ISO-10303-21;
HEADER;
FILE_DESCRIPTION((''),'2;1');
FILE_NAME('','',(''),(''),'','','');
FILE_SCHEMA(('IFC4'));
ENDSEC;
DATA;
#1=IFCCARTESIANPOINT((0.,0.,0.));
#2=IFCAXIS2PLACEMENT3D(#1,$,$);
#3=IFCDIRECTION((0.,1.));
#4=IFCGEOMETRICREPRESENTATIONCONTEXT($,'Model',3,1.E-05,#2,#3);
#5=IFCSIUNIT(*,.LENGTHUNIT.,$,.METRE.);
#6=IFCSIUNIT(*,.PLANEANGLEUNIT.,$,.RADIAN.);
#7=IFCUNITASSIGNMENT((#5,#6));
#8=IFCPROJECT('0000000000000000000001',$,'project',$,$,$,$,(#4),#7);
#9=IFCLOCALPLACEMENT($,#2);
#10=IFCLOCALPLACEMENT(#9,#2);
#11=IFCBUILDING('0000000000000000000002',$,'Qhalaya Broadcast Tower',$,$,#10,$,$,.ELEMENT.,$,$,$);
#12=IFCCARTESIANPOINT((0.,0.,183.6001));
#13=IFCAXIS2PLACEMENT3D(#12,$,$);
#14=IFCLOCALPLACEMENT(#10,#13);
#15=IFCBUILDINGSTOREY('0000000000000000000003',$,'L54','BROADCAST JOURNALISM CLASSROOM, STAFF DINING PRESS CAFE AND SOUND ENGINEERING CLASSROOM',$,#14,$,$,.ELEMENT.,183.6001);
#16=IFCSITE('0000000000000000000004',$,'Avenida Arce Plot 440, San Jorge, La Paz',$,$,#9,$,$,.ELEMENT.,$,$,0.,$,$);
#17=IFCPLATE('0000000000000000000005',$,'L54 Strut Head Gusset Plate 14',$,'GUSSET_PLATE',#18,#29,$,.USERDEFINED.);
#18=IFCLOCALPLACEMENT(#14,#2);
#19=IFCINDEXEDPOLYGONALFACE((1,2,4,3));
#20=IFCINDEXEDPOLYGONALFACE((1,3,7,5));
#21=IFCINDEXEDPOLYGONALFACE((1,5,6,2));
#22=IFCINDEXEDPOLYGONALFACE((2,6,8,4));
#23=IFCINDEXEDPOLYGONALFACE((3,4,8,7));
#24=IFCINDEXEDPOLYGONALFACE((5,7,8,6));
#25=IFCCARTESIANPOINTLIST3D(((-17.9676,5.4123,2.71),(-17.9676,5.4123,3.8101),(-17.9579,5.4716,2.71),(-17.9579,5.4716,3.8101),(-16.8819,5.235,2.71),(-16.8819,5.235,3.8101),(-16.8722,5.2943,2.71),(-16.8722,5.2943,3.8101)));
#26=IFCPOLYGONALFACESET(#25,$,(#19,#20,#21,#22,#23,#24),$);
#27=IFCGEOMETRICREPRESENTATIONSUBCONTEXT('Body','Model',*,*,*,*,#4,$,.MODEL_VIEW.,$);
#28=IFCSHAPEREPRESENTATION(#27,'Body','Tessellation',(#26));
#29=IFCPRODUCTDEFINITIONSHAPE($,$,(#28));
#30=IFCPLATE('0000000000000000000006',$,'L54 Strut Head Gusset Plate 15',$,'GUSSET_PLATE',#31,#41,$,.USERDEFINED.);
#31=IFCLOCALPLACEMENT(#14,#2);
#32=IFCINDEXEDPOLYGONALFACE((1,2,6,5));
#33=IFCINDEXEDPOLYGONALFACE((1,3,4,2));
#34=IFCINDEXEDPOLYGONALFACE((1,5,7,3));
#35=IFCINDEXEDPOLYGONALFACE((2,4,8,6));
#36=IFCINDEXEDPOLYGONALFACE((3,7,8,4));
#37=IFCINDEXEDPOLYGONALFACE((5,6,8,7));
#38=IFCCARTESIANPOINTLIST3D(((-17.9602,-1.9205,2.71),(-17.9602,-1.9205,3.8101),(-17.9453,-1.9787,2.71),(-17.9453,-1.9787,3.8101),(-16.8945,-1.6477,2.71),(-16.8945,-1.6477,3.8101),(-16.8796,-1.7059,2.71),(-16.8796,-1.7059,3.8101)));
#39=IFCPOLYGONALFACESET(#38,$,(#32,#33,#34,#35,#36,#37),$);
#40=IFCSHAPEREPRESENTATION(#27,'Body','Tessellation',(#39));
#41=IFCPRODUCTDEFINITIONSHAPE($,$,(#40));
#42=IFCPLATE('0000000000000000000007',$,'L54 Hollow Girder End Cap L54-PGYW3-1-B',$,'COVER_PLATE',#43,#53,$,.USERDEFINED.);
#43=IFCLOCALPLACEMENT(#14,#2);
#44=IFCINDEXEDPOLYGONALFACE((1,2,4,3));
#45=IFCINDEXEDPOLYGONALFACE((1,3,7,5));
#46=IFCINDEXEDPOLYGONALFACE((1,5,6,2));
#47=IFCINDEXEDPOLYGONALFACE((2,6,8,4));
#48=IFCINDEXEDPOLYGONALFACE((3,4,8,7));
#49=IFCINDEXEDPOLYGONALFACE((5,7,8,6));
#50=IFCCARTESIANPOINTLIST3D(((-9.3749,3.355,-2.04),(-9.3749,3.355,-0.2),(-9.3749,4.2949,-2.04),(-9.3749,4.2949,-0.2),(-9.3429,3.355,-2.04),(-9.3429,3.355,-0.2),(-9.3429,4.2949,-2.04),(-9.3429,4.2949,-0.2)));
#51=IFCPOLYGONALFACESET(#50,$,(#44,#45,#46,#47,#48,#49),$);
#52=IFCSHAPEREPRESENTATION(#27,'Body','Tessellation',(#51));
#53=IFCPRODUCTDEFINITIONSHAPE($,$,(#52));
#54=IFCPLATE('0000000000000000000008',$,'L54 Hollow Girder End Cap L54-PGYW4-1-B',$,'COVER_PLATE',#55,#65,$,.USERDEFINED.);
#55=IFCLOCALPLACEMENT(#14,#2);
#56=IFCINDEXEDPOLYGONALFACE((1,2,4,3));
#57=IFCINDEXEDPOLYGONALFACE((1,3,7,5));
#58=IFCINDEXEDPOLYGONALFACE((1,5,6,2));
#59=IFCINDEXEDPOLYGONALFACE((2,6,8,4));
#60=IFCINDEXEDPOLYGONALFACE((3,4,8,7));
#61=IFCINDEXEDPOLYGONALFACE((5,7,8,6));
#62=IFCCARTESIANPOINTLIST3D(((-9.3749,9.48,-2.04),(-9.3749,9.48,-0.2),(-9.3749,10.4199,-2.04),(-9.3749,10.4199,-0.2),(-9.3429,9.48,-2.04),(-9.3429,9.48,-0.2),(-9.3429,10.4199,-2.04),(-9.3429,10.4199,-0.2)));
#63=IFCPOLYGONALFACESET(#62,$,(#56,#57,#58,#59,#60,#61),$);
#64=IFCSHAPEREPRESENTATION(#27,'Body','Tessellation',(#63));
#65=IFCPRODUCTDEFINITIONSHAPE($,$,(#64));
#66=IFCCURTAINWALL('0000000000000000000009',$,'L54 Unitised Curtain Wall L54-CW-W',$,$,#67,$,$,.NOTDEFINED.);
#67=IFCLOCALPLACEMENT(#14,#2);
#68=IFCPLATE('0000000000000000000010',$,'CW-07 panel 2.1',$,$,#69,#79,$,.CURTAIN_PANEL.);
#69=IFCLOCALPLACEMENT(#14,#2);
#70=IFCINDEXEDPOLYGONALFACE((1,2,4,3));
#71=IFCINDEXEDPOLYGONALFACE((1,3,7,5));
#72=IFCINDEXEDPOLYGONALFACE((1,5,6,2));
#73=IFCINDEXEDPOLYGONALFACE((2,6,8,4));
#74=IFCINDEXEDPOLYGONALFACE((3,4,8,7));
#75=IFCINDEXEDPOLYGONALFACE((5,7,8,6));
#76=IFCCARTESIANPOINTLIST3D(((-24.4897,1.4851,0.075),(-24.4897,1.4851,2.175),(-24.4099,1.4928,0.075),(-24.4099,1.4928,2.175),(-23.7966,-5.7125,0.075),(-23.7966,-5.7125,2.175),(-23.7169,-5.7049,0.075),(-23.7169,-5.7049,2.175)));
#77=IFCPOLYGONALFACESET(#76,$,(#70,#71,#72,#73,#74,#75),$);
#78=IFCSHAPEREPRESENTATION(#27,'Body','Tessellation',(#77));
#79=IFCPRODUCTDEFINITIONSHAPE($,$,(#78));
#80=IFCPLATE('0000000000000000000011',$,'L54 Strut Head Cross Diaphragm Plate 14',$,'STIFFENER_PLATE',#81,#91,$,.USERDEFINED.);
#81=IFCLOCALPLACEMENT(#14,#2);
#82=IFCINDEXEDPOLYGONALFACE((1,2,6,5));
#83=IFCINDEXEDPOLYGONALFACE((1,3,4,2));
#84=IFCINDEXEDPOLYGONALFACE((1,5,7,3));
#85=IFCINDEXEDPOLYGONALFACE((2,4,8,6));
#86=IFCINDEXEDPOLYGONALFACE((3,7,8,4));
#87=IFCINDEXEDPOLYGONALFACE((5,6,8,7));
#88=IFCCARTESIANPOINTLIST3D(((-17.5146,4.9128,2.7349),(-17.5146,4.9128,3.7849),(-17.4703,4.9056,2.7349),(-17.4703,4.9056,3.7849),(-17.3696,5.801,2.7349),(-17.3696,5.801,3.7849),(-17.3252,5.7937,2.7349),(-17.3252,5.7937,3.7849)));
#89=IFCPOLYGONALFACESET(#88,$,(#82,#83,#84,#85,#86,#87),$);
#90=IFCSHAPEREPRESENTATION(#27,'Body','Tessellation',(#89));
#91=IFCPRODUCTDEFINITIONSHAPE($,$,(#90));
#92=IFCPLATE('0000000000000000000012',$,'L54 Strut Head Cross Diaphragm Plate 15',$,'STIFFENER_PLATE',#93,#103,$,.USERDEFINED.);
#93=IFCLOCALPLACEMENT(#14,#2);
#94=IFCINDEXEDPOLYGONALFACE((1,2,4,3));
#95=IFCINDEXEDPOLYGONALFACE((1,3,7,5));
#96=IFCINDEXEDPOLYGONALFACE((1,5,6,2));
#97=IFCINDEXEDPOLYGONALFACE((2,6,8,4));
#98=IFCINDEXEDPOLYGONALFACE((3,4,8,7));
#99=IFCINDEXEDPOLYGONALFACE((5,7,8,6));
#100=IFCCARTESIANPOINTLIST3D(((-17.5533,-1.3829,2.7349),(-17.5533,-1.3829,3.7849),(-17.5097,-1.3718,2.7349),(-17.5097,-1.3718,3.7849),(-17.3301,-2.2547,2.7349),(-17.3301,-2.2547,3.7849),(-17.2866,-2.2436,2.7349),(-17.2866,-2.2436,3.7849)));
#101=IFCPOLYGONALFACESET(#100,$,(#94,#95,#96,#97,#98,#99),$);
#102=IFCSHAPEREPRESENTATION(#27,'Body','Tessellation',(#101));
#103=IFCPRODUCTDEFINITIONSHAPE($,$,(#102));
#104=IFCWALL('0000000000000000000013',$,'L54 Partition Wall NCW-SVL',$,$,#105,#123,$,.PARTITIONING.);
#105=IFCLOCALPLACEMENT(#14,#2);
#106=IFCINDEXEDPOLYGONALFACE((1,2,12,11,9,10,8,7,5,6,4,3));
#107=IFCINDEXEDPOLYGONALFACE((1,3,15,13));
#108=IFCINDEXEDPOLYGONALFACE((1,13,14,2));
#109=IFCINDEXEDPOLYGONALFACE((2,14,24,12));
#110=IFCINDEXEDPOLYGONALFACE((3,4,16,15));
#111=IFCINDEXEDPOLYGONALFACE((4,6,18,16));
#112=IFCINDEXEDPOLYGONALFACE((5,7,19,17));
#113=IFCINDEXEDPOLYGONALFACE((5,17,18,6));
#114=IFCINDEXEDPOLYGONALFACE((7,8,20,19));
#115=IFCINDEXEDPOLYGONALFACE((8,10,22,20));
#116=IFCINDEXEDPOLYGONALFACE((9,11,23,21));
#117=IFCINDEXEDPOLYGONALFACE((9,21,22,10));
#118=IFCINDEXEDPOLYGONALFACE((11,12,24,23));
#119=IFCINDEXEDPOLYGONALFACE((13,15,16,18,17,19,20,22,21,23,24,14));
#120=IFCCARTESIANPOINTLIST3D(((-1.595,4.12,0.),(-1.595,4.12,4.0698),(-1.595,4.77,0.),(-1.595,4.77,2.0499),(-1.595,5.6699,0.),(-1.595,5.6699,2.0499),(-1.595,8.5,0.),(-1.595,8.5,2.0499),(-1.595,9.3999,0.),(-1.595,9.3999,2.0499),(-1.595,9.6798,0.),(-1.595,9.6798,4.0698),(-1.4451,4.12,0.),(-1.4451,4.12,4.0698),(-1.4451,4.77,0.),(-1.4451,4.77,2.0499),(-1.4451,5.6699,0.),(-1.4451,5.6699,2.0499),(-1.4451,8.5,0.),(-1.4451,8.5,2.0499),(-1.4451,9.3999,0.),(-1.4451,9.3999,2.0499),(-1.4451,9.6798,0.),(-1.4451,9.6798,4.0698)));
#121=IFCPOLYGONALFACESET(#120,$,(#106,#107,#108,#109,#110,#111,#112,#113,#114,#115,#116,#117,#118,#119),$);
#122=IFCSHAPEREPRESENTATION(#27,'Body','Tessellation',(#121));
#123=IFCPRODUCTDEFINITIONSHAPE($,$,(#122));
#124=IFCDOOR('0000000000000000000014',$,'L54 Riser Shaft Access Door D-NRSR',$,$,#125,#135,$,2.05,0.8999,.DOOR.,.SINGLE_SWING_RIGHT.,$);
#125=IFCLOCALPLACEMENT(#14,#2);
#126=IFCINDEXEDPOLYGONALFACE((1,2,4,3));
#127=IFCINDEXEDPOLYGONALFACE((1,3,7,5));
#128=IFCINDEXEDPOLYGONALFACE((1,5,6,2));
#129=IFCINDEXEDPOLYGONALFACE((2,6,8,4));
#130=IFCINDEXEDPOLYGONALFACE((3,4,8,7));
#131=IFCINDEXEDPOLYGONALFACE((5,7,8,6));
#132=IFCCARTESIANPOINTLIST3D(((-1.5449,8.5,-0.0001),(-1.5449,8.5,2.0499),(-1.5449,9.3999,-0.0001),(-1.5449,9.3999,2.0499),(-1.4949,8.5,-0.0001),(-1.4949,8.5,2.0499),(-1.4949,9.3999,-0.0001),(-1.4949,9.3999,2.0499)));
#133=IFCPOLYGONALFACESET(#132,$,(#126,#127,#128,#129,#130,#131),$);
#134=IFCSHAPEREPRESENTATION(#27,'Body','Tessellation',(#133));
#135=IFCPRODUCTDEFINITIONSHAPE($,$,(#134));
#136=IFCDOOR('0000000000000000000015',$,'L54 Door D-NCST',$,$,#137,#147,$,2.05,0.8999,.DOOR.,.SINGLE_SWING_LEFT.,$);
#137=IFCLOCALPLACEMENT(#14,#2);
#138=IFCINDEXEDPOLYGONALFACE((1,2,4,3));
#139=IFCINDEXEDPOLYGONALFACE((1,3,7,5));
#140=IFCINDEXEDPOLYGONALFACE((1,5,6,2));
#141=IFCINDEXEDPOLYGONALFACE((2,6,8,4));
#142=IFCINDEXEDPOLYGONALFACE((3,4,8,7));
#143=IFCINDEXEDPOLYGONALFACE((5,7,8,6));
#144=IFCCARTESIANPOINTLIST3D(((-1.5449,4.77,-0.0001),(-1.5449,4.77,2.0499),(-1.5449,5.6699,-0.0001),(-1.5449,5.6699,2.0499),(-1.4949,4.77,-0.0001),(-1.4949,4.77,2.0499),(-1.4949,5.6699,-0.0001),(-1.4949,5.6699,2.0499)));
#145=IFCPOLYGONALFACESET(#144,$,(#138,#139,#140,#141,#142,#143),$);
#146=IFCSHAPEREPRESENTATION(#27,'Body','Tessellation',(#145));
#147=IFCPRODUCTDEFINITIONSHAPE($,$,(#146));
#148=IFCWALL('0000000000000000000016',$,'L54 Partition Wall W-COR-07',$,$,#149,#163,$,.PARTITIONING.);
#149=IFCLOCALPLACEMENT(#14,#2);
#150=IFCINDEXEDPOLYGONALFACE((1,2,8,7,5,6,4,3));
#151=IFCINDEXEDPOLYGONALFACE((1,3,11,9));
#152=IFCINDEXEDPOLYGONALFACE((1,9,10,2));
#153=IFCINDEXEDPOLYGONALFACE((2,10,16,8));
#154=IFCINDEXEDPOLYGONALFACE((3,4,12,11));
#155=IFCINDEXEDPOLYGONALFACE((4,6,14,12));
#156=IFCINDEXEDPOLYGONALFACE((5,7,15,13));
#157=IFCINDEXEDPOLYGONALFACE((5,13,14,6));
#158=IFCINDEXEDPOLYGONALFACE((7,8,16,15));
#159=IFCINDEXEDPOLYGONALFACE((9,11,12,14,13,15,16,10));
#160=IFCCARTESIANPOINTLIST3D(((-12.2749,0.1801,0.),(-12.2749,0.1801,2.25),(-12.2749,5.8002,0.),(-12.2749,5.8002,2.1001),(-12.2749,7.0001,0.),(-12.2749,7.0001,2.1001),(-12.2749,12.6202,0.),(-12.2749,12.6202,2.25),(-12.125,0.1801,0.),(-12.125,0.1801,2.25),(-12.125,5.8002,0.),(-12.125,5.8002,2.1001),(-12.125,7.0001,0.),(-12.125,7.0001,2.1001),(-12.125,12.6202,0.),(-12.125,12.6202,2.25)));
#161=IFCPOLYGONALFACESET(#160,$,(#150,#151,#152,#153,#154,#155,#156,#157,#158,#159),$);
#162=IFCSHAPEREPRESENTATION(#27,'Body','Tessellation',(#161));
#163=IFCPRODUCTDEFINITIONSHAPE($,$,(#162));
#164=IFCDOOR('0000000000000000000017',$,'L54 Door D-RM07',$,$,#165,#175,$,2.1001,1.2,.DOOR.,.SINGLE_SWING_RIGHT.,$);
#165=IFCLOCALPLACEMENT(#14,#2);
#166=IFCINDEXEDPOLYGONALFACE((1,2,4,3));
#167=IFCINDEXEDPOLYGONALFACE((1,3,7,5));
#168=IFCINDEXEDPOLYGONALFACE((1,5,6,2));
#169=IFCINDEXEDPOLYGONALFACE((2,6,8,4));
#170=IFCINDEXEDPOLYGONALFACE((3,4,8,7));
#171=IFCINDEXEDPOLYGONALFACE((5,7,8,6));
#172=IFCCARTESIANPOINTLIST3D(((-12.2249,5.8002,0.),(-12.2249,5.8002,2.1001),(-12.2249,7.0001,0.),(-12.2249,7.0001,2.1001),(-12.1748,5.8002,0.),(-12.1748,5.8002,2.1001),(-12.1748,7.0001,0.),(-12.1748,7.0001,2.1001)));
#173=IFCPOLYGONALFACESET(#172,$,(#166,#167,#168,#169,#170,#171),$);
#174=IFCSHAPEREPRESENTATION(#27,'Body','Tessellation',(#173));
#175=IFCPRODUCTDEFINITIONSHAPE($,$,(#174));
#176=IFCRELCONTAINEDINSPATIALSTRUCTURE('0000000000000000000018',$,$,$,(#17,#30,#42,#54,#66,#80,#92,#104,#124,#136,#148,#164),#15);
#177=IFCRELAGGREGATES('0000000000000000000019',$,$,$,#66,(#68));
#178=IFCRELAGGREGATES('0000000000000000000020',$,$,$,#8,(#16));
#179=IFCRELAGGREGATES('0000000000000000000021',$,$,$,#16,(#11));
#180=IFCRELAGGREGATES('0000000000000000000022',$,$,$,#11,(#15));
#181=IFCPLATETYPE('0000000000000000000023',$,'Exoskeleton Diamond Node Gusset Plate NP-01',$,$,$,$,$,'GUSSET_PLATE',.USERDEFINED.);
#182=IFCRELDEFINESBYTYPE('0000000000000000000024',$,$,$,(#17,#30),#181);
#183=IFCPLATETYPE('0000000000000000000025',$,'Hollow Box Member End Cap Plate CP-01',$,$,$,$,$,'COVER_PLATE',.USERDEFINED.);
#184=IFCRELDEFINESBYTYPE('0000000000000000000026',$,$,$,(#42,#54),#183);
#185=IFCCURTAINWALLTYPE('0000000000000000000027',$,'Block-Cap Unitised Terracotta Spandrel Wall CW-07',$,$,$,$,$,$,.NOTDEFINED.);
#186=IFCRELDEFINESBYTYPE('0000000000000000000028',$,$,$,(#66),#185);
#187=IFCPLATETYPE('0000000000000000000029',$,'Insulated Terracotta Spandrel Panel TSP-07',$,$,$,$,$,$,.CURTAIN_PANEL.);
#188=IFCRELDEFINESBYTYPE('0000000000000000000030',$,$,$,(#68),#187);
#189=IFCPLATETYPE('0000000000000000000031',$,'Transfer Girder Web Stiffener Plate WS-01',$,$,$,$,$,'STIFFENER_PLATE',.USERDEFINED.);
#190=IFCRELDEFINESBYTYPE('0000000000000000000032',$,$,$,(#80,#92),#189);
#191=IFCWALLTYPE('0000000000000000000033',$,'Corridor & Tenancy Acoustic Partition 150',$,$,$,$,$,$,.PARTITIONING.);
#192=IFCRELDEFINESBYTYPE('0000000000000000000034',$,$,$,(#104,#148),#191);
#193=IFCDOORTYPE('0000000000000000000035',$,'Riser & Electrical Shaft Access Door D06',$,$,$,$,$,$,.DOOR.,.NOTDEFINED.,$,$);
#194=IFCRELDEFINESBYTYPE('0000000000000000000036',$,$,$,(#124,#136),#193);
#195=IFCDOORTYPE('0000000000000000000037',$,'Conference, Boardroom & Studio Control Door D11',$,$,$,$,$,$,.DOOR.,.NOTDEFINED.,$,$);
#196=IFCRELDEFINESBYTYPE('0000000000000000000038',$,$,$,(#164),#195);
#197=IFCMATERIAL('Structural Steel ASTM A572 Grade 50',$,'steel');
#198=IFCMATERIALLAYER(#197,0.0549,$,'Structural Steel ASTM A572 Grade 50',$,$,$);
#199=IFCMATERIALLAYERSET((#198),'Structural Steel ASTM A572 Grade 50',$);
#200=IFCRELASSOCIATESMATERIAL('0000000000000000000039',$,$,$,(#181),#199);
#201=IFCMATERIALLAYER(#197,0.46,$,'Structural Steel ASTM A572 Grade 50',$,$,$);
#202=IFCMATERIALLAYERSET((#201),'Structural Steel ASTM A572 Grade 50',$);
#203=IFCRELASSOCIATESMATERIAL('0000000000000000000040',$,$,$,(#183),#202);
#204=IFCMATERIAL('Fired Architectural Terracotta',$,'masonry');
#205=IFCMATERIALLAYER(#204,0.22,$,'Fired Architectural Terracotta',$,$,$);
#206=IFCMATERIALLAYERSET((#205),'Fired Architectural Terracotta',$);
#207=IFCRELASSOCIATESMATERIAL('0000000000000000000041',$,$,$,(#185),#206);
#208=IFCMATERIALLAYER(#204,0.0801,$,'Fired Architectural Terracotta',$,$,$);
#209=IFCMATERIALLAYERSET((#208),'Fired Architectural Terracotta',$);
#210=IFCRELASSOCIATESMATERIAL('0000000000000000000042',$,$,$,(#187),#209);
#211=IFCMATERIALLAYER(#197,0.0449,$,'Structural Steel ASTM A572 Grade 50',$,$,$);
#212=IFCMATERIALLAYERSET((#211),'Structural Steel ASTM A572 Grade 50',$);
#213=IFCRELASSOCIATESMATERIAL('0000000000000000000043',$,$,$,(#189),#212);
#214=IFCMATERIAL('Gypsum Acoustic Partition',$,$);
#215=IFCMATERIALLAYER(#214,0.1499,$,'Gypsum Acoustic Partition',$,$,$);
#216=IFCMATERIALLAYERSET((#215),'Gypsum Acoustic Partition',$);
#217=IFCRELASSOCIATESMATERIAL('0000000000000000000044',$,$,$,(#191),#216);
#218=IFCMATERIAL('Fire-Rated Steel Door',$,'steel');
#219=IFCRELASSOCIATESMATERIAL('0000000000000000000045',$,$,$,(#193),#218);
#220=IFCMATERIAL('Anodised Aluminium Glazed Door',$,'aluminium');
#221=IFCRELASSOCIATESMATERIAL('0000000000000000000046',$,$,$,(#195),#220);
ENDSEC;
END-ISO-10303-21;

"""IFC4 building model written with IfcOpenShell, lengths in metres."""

from ifc_helpers import new_model, si_unit, direction, frame, frame_2d, origin, origin_2d, place, context, subcontext, project, spatial, rectangle, extrude, material, layer, layer_set, type_object, element, fill, aggregate, save


model = new_model("IFC4")

# Units and contexts
model_context = context("Model", 3, precision=1e-05, world=origin(), true_north=direction((0.0, 1.0)))
body_context = subcontext(model_context, "Body", "Model", "MODEL_VIEW")
ifc_project = project(units=[si_unit("LENGTHUNIT", "METRE"), si_unit("PLANEANGLEUNIT", "RADIAN")], contexts=[model_context])

# Site, building, storey
site_placement = place(None, origin())
site = spatial("IfcSite", under=ifc_project, at=site_placement, Name="Avenida Arce Plot 440, San Jorge, La Paz", CompositionType="ELEMENT", RefElevation=0.0)
building_placement = place(site_placement, origin())
building = spatial("IfcBuilding", under=site, at=building_placement, Name="Qhalaya Broadcast Tower", CompositionType="ELEMENT")
storey_placement = place(building_placement, frame((0.0, 0.0, 183.6001)))
storey = spatial("IfcBuildingStorey", under=building, at=storey_placement, Name="L54", Description="BROADCAST JOURNALISM CLASSROOM, STAFF DINING PRESS CAFE AND SOUND ENGINEERING CLASSROOM", CompositionType="ELEMENT", Elevation=183.6001)

# Plates
ifc_material_1 = material(Name="Structural Steel ASTM A572 Grade 50", Category="steel")
ifc_layer_1 = layer(ifc_material_1, 0.0549, Name="Structural Steel ASTM A572 Grade 50")
ifc_layer_set_1 = layer_set([ifc_layer_1], Name="Structural Steel ASTM A572 Grade 50")
plate_type_1 = type_object("IfcPlateType", Name="Exoskeleton Diamond Node Gusset Plate NP-01", ElementType="GUSSET_PLATE", PredefinedType="USERDEFINED", material=ifc_layer_set_1)
for number, where, z_axis, x_axis, name in (
    (1, (-17.4199, 5.3533, 2.71), (0.0, 0.0, 1.0), (0.986929, -0.161156, 0.0), "L54 Strut Head Gusset Plate 14"),
    (2, (-17.4199, -1.8132, 2.71), (0.0, 0.0, 1.0), (0.968765, 0.24798, 0.0), "L54 Strut Head Gusset Plate 15"),
):
    element("IfcPlate", number, at=place(storey_placement, frame(where, z_axis=z_axis, x_axis=x_axis)), inside=storey, type_object=plate_type_1, Name=name, ObjectType="GUSSET_PLATE", PredefinedType="USERDEFINED", context=body_context, shape_type="SweptSolid", body=[
        extrude(rectangle(XDim=1.1001, YDim=0.0601, at=origin_2d()), origin(), (0.0, 0.0, 1.0), 1.1001),
    ])
ifc_layer_2 = layer(ifc_material_1, 0.46, Name="Structural Steel ASTM A572 Grade 50")
ifc_layer_set_2 = layer_set([ifc_layer_2], Name="Structural Steel ASTM A572 Grade 50")
plate_type_2 = type_object("IfcPlateType", Name="Hollow Box Member End Cap Plate CP-01", ElementType="COVER_PLATE", PredefinedType="USERDEFINED", material=ifc_layer_set_2)
for number, where, z_axis, x_axis, name in (
    (3, (-9.3589, 3.825, -2.04), (0.0, 0.0, 1.0), (0.0, 1.0, 0.0), "L54 Hollow Girder End Cap L54-PGYW3-1-B"),
    (4, (-9.3589, 9.95, -2.04), (0.0, 0.0, 1.0), (0.0, 1.0, 0.0), "L54 Hollow Girder End Cap L54-PGYW4-1-B"),
):
    element("IfcPlate", number, at=place(storey_placement, frame(where, z_axis=z_axis, x_axis=x_axis)), inside=storey, type_object=plate_type_2, Name=name, ObjectType="COVER_PLATE", PredefinedType="USERDEFINED", context=body_context, shape_type="SweptSolid", body=[
        extrude(rectangle(XDim=0.9399, YDim=0.032, at=origin_2d()), origin(), (0.0, 0.0, 1.0), 1.8401),
    ])

# Curtain wall, plate
ifc_material_2 = material(Name="Fired Architectural Terracotta", Category="masonry")
ifc_layer_3 = layer(ifc_material_2, 0.22, Name="Fired Architectural Terracotta")
ifc_layer_set_3 = layer_set([ifc_layer_3], Name="Fired Architectural Terracotta")
curtain_wall_type = type_object("IfcCurtainWallType", Name="Block-Cap Unitised Terracotta Spandrel Wall CW-07", PredefinedType="NOTDEFINED", material=ifc_layer_set_3)
curtain_wall_placement = place(storey_placement, origin())
curtain_wall = element("IfcCurtainWall", 5, at=curtain_wall_placement, inside=storey, type_object=curtain_wall_type, Name="L54 Unitised Curtain Wall L54-CW-W", PredefinedType="NOTDEFINED")
ifc_layer_4 = layer(ifc_material_2, 0.0801, Name="Fired Architectural Terracotta")
ifc_layer_set_4 = layer_set([ifc_layer_4], Name="Fired Architectural Terracotta")
plate_type_3 = type_object("IfcPlateType", Name="Insulated Terracotta Spandrel Panel TSP-07", PredefinedType="CURTAIN_PANEL", material=ifc_layer_set_4)
plate_placement = place(storey_placement, frame((-24.1033, -2.1099, 0.075), z_axis=(0.0, 0.0, 1.0), x_axis=(-0.095846, 0.995396, 0.0)))
plate = element("IfcPlate", 6, at=plate_placement, type_object=plate_type_3, Name="CW-07 panel 2.1", PredefinedType="CURTAIN_PANEL", context=body_context, shape_type="SweptSolid", body=[
    extrude(rectangle(XDim=7.231, YDim=0.0801, at=origin_2d()), origin(), (0.0, 0.0, 1.0), 2.1001),
])
aggregate(curtain_wall, [plate])

# Plates
ifc_layer_5 = layer(ifc_material_1, 0.0449, Name="Structural Steel ASTM A572 Grade 50")
ifc_layer_set_5 = layer_set([ifc_layer_5], Name="Structural Steel ASTM A572 Grade 50")
plate_type_4 = type_object("IfcPlateType", Name="Transfer Girder Web Stiffener Plate WS-01", ElementType="STIFFENER_PLATE", PredefinedType="USERDEFINED", material=ifc_layer_set_5)
for number, where, z_axis, x_axis, name in (
    (7, (-17.4199, 5.3533, 2.7349), (0.0, 0.0, 1.0), (0.161156, 0.986929, 0.0), "L54 Strut Head Cross Diaphragm Plate 14"),
    (8, (-17.4199, -1.8132, 2.7349), (0.0, 0.0, 1.0), (-0.24798, 0.968765, 0.0), "L54 Strut Head Cross Diaphragm Plate 15"),
):
    element("IfcPlate", number, at=place(storey_placement, frame(where, z_axis=z_axis, x_axis=x_axis)), inside=storey, type_object=plate_type_4, Name=name, ObjectType="STIFFENER_PLATE", PredefinedType="USERDEFINED", context=body_context, shape_type="SweptSolid", body=[
        extrude(rectangle(XDim=0.8999, YDim=0.0449, at=origin_2d()), origin(), (0.0, 0.0, 1.0), 1.05),
    ])

# Wall, openings, doors
ifc_material_3 = material(Name="Gypsum Acoustic Partition")
ifc_layer_6 = layer(ifc_material_3, 0.1499, Name="Gypsum Acoustic Partition")
ifc_layer_set_6 = layer_set([ifc_layer_6], Name="Gypsum Acoustic Partition")
wall_type_1 = type_object("IfcWallType", Name="Corridor & Tenancy Acoustic Partition 150", PredefinedType="PARTITIONING", material=ifc_layer_set_6)
wall_1_placement = place(storey_placement, frame((-1.52, 4.1201, 0.0), z_axis=(0.0, 0.0, 1.0), x_axis=(0.0, 1.0, 0.0)))
wall_1 = element("IfcWall", 9, at=wall_1_placement, inside=storey, type_object=wall_type_1, Name="L54 Partition Wall NCW-SVL", PredefinedType="PARTITIONING", context=body_context, shape_type="SweptSolid", body=[
    extrude(rectangle(XDim=5.5598, YDim=0.1499, at=frame_2d((2.7798, 0.0))), origin(), (0.0, 0.0, 1.0), 4.0698),
])
opening_1_placement = place(wall_1_placement, frame((4.3799, 0.0, 0.0)))
opening_1 = element("IfcOpeningElement", 10, at=opening_1_placement, cuts=wall_1, PredefinedType="OPENING", context=body_context, shape_type="SweptSolid", body=[
    extrude(rectangle(XDim=0.8999, YDim=2.05, at=frame_2d((0.45, 1.0249))), frame((0.0, 0.0869, 0.0), z_axis=(0.0, -1.0, 0.0), x_axis=(1.0, 0.0, 0.0)), (0.0, 0.0, 1.0), 0.1738),
])
opening_2_placement = place(wall_1_placement, frame((0.6499, 0.0, 0.0)))
opening_2 = element("IfcOpeningElement", 11, at=opening_2_placement, cuts=wall_1, PredefinedType="OPENING", context=body_context, shape_type="SweptSolid", body=[
    extrude(rectangle(XDim=0.8999, YDim=2.05, at=frame_2d((0.45, 1.0249))), frame((0.0, 0.0869, 0.0), z_axis=(0.0, -1.0, 0.0), x_axis=(1.0, 0.0, 0.0)), (0.0, 0.0, 1.0), 0.1738),
])
ifc_material_4 = material(Name="Fire-Rated Steel Door", Category="steel")
door_type_1 = type_object("IfcDoorType", Name="Riser & Electrical Shaft Access Door D06", OperationType="NOTDEFINED", PredefinedType="DOOR", material=ifc_material_4)
door_1_placement = place(opening_1_placement, origin())
door_1 = element("IfcDoor", 12, at=door_1_placement, inside=storey, type_object=door_type_1, Name="L54 Riser Shaft Access Door D-NRSR", OperationType="SINGLE_SWING_RIGHT", OverallHeight=2.05, OverallWidth=0.8999, PredefinedType="DOOR", context=body_context, shape_type="SweptSolid", body=[
    extrude(rectangle(XDim=0.8999, YDim=2.05, at=frame_2d((0.45, 1.0249))), frame((0.0, 0.0249, 0.0), z_axis=(0.0, -1.0, 0.0), x_axis=(1.0, 0.0, 0.0)), (0.0, 0.0, 1.0), 0.05),
])
fill(opening_1, door_1)
door_2_placement = place(opening_2_placement, origin())
door_2 = element("IfcDoor", 13, at=door_2_placement, inside=storey, type_object=door_type_1, Name="L54 Door D-NCST", OperationType="SINGLE_SWING_LEFT", OverallHeight=2.05, OverallWidth=0.8999, PredefinedType="DOOR", context=body_context, shape_type="SweptSolid", body=[
    extrude(rectangle(XDim=0.8999, YDim=2.05, at=frame_2d((0.45, 1.0249))), frame((0.0, 0.0249, 0.0), z_axis=(0.0, -1.0, 0.0), x_axis=(1.0, 0.0, 0.0)), (0.0, 0.0, 1.0), 0.05),
])
fill(opening_2, door_2)

# Wall, opening, door
wall_2_placement = place(storey_placement, frame((-12.2, 0.1799, 0.0), z_axis=(0.0, 0.0, 1.0), x_axis=(0.0, 1.0, 0.0)))
wall_2 = element("IfcWall", 14, at=wall_2_placement, inside=storey, type_object=wall_type_1, Name="L54 Partition Wall W-COR-07", PredefinedType="PARTITIONING", context=body_context, shape_type="SweptSolid", body=[
    extrude(rectangle(XDim=12.4402, YDim=0.1499, at=frame_2d((6.2202, 0.0))), origin(), (0.0, 0.0, 1.0), 2.25),
])
opening_3_placement = place(wall_2_placement, frame((5.6201, 0.0, 0.0)))
opening_3 = element("IfcOpeningElement", 15, at=opening_3_placement, cuts=wall_2, PredefinedType="OPENING", context=body_context, shape_type="SweptSolid", body=[
    extrude(rectangle(XDim=1.2, YDim=2.1001, at=frame_2d((0.6001, 1.05))), frame((0.0, 0.0869, 0.0), z_axis=(0.0, -1.0, 0.0), x_axis=(1.0, 0.0, 0.0)), (0.0, 0.0, 1.0), 0.1738),
])
ifc_material_5 = material(Name="Anodised Aluminium Glazed Door", Category="aluminium")
door_type_2 = type_object("IfcDoorType", Name="Conference, Boardroom & Studio Control Door D11", OperationType="NOTDEFINED", PredefinedType="DOOR", material=ifc_material_5)
door_3_placement = place(opening_3_placement, origin())
door_3 = element("IfcDoor", 16, at=door_3_placement, inside=storey, type_object=door_type_2, Name="L54 Door D-RM07", OperationType="SINGLE_SWING_RIGHT", OverallHeight=2.1001, OverallWidth=1.2, PredefinedType="DOOR", context=body_context, shape_type="SweptSolid", body=[
    extrude(rectangle(XDim=1.2, YDim=2.1001, at=frame_2d((0.6001, 1.05))), frame((0.0, 0.0249, 0.0), z_axis=(0.0, -1.0, 0.0), x_axis=(1.0, 0.0, 0.0)), (0.0, 0.0, 1.0), 0.05),
])
fill(opening_3, door_3)

save(model, "model.ifc")
